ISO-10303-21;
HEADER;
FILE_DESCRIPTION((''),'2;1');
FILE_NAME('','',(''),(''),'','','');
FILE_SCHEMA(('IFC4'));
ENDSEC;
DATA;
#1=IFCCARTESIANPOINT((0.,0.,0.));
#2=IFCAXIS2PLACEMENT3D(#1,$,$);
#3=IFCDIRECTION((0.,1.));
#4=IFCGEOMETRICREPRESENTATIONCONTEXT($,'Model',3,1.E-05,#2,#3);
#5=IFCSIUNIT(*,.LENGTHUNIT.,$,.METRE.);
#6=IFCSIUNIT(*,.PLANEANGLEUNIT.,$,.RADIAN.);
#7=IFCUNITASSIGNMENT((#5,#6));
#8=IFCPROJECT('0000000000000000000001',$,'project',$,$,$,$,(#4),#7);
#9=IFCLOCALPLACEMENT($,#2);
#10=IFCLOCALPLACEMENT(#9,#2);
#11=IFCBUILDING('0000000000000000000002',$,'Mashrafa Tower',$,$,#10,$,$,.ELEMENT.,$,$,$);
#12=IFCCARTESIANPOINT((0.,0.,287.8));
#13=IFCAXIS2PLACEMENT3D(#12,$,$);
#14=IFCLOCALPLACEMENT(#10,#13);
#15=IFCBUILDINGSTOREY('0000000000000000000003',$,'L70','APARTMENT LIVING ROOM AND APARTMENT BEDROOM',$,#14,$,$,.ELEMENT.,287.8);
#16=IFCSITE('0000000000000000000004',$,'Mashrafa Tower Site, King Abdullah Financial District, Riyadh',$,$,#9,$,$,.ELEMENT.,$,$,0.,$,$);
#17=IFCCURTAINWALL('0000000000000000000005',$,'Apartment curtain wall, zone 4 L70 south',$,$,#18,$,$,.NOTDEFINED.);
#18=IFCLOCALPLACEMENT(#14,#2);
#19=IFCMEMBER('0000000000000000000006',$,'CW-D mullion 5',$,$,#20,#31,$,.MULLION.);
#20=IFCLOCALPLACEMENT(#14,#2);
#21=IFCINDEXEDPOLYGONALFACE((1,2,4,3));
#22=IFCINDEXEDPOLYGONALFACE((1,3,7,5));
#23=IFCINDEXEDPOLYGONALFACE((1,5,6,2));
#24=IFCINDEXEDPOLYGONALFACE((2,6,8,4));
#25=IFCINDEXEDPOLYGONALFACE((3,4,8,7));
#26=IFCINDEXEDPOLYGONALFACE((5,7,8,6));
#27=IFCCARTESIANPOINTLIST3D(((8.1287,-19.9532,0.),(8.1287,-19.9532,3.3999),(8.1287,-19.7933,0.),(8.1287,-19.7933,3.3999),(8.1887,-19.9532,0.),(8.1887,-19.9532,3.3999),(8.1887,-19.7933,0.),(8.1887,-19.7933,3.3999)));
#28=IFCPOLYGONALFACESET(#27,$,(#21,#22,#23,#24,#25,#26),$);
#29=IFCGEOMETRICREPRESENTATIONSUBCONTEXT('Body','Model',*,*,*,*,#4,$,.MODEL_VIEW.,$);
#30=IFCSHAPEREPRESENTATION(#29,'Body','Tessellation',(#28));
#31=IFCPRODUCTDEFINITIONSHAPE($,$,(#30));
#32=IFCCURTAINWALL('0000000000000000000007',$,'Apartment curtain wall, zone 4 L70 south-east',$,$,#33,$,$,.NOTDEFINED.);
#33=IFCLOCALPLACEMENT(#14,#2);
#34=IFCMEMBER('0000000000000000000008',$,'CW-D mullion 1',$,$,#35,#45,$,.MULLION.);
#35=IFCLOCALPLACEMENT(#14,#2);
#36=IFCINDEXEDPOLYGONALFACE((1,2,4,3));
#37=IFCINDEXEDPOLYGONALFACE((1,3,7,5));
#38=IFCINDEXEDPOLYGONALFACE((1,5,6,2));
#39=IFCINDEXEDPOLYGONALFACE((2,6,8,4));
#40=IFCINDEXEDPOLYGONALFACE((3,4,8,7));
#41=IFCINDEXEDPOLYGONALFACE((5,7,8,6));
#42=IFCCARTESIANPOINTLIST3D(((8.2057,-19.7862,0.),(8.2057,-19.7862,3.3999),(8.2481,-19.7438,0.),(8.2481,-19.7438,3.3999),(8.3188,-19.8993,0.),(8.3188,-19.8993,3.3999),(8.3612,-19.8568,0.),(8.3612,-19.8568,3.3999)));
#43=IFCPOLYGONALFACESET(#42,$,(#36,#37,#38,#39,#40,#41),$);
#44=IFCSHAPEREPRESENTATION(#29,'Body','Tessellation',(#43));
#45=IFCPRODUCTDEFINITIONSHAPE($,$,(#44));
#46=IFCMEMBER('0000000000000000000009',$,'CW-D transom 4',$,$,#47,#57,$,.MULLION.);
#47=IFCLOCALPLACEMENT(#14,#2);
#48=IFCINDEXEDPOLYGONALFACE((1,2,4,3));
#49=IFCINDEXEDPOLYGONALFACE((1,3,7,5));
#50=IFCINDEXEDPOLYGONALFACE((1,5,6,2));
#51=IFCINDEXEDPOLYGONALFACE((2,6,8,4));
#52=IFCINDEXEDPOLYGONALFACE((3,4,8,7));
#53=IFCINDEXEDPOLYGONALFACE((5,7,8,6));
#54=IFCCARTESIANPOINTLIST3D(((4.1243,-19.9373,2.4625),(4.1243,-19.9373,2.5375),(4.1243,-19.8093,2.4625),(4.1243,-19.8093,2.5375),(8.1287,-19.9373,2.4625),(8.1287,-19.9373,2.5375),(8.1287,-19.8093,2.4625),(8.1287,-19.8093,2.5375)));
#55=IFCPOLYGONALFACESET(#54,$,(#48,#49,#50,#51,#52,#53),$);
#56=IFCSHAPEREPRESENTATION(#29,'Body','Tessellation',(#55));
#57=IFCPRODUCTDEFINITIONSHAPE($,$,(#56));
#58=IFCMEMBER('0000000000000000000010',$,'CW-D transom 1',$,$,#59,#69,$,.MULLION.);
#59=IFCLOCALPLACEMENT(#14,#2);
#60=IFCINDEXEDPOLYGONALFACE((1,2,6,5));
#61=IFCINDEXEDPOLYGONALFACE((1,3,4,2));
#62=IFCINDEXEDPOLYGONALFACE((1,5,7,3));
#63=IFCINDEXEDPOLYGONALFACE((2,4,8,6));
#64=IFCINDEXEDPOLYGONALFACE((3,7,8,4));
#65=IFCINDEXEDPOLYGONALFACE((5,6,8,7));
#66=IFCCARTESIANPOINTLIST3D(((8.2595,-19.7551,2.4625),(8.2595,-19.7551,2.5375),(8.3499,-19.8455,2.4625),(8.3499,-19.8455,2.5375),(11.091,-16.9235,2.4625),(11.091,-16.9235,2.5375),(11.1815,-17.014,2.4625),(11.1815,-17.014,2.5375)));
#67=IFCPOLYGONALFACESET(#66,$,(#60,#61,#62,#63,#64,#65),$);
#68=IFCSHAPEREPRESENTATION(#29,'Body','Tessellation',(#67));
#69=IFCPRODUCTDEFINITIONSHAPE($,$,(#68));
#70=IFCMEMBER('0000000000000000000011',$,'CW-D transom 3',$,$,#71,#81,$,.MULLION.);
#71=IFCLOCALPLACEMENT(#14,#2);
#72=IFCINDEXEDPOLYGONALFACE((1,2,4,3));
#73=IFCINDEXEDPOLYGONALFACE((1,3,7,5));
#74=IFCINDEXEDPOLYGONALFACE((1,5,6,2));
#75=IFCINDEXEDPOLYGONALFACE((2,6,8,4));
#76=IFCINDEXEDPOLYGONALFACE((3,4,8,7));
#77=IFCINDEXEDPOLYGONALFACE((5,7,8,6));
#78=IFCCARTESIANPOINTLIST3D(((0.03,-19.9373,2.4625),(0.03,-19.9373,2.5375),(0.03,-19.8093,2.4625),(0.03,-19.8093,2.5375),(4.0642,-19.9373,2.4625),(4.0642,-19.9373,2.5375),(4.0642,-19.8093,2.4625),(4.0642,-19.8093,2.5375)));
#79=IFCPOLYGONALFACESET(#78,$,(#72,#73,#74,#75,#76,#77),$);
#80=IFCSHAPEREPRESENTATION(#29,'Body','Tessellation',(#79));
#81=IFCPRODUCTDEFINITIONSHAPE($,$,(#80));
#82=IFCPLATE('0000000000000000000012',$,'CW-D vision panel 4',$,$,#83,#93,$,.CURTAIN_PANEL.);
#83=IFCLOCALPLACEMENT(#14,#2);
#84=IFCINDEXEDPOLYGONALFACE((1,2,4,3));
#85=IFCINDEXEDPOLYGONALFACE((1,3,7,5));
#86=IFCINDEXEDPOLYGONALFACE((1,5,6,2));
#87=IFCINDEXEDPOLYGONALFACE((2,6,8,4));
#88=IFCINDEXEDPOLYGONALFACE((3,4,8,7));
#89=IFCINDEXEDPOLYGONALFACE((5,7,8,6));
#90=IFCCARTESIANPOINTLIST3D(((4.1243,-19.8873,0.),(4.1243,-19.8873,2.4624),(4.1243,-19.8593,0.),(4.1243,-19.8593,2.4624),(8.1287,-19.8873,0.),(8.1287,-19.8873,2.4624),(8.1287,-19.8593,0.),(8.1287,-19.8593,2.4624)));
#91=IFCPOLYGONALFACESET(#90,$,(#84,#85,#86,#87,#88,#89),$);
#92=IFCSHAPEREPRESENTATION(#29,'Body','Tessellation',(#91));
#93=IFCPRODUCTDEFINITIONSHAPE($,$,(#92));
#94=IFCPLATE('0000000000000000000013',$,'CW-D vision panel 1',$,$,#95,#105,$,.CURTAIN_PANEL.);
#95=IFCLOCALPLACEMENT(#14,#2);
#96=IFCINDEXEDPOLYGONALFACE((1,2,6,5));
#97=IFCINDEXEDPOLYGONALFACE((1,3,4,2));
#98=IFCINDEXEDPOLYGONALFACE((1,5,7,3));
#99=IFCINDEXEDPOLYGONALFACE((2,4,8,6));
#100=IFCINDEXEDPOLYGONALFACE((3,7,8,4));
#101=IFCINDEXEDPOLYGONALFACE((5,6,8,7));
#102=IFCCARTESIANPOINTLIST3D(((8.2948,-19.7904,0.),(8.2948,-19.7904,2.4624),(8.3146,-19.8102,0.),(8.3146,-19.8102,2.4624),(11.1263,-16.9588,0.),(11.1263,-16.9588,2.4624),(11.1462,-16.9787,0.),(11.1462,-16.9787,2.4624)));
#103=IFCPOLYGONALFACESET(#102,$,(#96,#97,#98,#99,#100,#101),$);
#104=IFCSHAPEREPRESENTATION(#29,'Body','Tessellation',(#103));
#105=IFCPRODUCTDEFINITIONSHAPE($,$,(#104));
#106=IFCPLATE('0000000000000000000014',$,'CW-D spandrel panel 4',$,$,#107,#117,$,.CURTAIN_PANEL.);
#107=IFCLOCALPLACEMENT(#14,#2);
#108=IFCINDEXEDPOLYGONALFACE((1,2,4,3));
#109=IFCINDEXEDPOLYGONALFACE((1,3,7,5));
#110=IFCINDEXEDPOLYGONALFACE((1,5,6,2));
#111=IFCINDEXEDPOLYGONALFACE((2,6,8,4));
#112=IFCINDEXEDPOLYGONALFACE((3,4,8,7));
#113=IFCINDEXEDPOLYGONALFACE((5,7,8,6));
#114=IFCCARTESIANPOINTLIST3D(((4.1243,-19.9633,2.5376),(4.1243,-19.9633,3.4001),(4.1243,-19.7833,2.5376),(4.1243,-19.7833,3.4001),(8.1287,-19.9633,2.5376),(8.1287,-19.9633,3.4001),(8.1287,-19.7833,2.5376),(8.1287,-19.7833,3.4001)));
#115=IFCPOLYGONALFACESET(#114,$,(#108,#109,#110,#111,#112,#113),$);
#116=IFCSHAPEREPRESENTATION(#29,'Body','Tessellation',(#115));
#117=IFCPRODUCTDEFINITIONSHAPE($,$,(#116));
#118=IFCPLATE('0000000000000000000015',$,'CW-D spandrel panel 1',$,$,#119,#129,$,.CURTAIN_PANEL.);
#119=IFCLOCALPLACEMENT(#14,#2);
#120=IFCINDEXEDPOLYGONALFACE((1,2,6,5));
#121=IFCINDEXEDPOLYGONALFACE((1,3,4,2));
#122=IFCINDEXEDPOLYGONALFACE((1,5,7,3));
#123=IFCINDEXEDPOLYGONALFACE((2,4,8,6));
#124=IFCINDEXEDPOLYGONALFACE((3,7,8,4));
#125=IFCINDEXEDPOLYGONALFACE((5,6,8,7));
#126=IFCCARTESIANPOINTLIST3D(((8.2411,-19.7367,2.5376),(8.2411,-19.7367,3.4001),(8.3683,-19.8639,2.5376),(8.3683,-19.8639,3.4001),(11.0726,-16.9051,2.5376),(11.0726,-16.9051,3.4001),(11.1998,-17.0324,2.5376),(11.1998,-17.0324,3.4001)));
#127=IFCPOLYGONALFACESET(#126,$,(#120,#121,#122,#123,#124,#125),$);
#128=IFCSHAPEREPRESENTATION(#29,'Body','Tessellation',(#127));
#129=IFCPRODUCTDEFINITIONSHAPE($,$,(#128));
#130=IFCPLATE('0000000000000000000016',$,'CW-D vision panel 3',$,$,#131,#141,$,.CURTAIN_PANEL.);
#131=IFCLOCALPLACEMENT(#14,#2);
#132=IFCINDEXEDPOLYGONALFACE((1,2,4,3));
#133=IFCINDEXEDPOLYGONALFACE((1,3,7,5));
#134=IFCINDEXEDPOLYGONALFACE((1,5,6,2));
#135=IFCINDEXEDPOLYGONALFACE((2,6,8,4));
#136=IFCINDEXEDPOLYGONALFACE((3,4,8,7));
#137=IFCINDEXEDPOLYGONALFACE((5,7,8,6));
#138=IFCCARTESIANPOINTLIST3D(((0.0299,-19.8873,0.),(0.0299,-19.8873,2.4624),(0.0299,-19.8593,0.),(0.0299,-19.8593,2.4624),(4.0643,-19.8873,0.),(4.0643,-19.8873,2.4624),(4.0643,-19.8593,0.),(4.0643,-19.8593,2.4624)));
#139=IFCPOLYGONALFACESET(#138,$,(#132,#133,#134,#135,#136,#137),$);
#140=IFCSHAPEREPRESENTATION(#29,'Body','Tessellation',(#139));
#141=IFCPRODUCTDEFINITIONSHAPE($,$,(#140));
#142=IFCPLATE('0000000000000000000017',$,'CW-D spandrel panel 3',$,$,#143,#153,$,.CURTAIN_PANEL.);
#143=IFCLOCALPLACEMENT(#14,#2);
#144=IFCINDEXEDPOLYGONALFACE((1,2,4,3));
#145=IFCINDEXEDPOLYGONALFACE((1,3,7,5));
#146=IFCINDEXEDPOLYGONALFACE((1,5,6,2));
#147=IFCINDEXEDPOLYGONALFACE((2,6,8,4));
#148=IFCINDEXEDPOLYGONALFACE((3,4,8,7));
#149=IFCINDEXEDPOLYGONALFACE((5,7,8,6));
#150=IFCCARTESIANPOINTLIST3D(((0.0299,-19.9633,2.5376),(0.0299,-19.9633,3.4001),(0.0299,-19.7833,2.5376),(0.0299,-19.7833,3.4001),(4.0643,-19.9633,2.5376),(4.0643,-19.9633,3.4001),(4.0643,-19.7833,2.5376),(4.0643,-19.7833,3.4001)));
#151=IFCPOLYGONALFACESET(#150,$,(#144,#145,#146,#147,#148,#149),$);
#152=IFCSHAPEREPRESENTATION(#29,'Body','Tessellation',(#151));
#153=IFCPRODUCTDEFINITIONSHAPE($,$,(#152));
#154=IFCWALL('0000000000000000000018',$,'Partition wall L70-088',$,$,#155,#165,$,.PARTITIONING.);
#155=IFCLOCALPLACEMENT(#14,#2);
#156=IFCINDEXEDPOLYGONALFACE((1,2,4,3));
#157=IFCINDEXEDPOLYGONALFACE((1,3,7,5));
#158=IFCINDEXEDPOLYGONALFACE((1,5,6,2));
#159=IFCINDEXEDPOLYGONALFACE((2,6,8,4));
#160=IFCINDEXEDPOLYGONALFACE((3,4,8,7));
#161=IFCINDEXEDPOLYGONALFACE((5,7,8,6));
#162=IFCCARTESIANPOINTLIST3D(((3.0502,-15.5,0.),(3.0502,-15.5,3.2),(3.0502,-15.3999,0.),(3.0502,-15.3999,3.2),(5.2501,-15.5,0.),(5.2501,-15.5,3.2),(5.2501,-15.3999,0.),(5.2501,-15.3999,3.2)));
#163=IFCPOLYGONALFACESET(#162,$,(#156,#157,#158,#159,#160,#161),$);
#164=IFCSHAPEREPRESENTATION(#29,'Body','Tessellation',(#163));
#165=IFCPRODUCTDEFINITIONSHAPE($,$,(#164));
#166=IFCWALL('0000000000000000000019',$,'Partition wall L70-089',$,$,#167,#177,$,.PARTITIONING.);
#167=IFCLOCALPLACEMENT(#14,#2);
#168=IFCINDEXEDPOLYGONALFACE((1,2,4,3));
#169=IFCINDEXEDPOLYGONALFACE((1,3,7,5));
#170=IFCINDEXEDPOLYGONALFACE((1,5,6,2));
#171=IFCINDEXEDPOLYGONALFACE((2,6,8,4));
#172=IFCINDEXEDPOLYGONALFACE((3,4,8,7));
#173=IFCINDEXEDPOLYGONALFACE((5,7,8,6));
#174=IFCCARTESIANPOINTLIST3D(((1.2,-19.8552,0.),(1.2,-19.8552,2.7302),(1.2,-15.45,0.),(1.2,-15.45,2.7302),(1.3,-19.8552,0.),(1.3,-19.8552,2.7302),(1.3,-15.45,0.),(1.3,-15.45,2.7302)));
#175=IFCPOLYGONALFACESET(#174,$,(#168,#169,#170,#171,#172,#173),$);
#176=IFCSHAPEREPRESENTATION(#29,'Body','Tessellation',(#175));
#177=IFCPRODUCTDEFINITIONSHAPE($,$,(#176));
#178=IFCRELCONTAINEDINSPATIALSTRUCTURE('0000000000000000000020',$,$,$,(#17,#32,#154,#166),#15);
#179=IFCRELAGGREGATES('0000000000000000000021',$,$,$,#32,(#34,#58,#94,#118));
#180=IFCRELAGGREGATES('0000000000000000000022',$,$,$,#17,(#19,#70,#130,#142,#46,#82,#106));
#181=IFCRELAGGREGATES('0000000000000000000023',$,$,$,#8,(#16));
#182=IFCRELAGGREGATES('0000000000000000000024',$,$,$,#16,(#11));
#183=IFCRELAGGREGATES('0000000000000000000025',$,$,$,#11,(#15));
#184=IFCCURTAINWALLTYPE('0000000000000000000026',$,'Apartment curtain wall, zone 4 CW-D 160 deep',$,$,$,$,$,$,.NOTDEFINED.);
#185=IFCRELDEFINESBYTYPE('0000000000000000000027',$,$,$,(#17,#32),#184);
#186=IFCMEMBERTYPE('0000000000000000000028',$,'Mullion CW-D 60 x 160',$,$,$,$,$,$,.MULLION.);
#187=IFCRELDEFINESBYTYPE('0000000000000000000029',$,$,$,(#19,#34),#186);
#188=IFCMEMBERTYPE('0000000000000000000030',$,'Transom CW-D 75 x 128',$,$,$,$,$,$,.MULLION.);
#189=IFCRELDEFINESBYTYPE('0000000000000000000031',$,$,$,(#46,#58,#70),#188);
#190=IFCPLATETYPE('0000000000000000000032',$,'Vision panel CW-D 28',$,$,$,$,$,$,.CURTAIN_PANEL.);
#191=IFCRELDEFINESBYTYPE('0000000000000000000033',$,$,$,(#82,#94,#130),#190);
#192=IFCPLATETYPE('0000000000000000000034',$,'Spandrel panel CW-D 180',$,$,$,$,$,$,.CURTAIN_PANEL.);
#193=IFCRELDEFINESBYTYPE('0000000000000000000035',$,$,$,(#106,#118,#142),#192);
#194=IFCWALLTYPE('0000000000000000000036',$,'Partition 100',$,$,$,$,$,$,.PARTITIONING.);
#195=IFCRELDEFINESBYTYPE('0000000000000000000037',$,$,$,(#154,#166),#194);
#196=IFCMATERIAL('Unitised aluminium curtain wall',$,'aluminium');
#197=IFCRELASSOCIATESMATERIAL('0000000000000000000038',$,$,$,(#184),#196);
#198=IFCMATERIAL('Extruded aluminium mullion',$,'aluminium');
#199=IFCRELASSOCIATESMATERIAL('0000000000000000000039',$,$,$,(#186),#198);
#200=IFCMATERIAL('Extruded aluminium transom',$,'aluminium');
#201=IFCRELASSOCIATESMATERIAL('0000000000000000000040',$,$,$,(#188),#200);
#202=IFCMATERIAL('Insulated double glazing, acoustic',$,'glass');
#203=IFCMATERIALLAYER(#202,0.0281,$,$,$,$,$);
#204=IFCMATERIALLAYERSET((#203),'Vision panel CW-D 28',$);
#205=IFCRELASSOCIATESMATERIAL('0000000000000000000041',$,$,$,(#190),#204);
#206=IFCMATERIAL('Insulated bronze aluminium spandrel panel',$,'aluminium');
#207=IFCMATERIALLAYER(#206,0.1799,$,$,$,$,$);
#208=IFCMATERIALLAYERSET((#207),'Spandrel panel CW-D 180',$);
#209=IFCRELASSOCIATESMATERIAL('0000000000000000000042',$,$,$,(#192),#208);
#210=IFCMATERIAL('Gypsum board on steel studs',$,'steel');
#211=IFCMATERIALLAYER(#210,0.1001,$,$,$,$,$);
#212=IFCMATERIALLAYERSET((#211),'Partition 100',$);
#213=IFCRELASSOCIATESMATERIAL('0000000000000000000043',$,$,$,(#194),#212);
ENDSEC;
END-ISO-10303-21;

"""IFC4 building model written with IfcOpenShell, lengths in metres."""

from ifc_helpers import new_model, si_unit, direction, frame, frame_2d, origin, origin_2d, place, context, subcontext, project, spatial, rectangle, extrude, source, transform, mapped, material, layer, layer_set, material_profile, profile_set, type_object, type_shapes, element, aggregate, save


model = new_model("IFC4")

# Units and contexts
model_context = context("Model", 3, precision=1e-05, world=origin(), true_north=direction((0.0, 1.0)))
body_context = subcontext(model_context, "Body", "Model", "MODEL_VIEW")
ifc_project = project(units=[si_unit("LENGTHUNIT", "METRE"), si_unit("PLANEANGLEUNIT", "RADIAN")], contexts=[model_context])

# Site, building, storey
site_placement = place(None, origin())
site = spatial("IfcSite", under=ifc_project, at=site_placement, Name="Mashrafa Tower Site, King Abdullah Financial District, Riyadh", CompositionType="ELEMENT", RefElevation=0.0)
building_placement = place(site_placement, origin())
building = spatial("IfcBuilding", under=site, at=building_placement, Name="Mashrafa Tower", CompositionType="ELEMENT")
storey_placement = place(building_placement, frame((0.0, 0.0, 287.8)))
storey = spatial("IfcBuildingStorey", under=building, at=storey_placement, Name="L70", Description="APARTMENT LIVING ROOM AND APARTMENT BEDROOM", CompositionType="ELEMENT", Elevation=287.8)

# Curtain wall, member
ifc_material_1 = material(Name="Unitised aluminium curtain wall", Category="aluminium")
curtain_wall_type = type_object("IfcCurtainWallType", Name="Apartment curtain wall, zone 4 CW-D 160 deep", PredefinedType="NOTDEFINED", material=ifc_material_1)
curtain_wall_1_placement = place(storey_placement, origin())
curtain_wall_1 = element("IfcCurtainWall", 1, at=curtain_wall_1_placement, inside=storey, type_object=curtain_wall_type, Name="Apartment curtain wall, zone 4 L70 south", PredefinedType="NOTDEFINED")
ifc_material_2 = material(Name="Extruded aluminium mullion", Category="aluminium")
ifc_material_profile_1 = material_profile(ifc_material_2, rectangle(XDim=0.1599, YDim=0.0601, at=origin_2d()), Name="Mullion 60x160")
ifc_profile_set_1 = profile_set([ifc_material_profile_1], Name="Extruded aluminium mullion")
member_type_1 = type_object("IfcMemberType", Name="Mullion CW-D 60 x 160", PredefinedType="MULLION", material=ifc_profile_set_1)
shared_shape_1 = source(origin(), body_context, "Body", "SweptSolid", [
    extrude(rectangle(XDim=0.1599, YDim=0.0601, at=origin_2d()), origin(), (0.0, 0.0, 1.0), 3.3999),
])
type_shapes(member_type_1, [shared_shape_1])
member_1_placement = place(storey_placement, frame((8.1587, -19.8733, 0.0), z_axis=(0.0, 0.0, 1.0), x_axis=(0.0, 1.0, 0.0)))
member_1 = element("IfcMember", 2, at=member_1_placement, type_object=member_type_1, Name="CW-D mullion 5", PredefinedType="MULLION", context=body_context, shape_type="MappedRepresentation", body=[
    mapped(shared_shape_1, transform((0.0, 0.0, 0.0))),
])

# Curtain wall, member
curtain_wall_2_placement = place(storey_placement, origin())
curtain_wall_2 = element("IfcCurtainWall", 3, at=curtain_wall_2_placement, inside=storey, type_object=curtain_wall_type, Name="Apartment curtain wall, zone 4 L70 south-east", PredefinedType="NOTDEFINED")
member_2_placement = place(storey_placement, frame((8.2834, -19.8215, 0.0), z_axis=(0.0, 0.0, 1.0), x_axis=(-0.707107, 0.707107, 0.0)))
member_2 = element("IfcMember", 4, at=member_2_placement, type_object=member_type_1, Name="CW-D mullion 1", PredefinedType="MULLION", context=body_context, shape_type="MappedRepresentation", body=[
    mapped(shared_shape_1, transform((0.0, 0.0, 0.0))),
])

# Members
ifc_material_3 = material(Name="Extruded aluminium transom", Category="aluminium")
ifc_material_profile_2 = material_profile(ifc_material_3, rectangle(XDim=0.1279, YDim=0.075, at=origin_2d()), Name="Transom 75x128")
ifc_profile_set_2 = profile_set([ifc_material_profile_2], Name="Extruded aluminium transom")
member_type_2 = type_object("IfcMemberType", Name="Transom CW-D 75 x 128", PredefinedType="MULLION", material=ifc_profile_set_2)
shared_shape_2 = source(origin(), body_context, "Body", "SweptSolid", [
    extrude(rectangle(XDim=0.1279, YDim=0.075, at=origin_2d()), origin(), (0.0, 0.0, 1.0), 4.0044),
])
member_3_placement = place(storey_placement, frame((4.1243, -19.8733, 2.5), z_axis=(1.0, 0.0, 0.0), x_axis=(0.0, 1.0, 0.0)))
member_3 = element("IfcMember", 5, at=member_3_placement, type_object=member_type_2, Name="CW-D transom 4", PredefinedType="MULLION", context=body_context, shape_type="MappedRepresentation", body=[
    mapped(shared_shape_2, transform((0.0, 0.0, 0.0))),
])
member_4_placement = place(storey_placement, frame((8.3047, -19.8003, 2.5), z_axis=(0.707107, 0.707107, 0.0), x_axis=(-0.707107, 0.707107, 0.0)))
member_4 = element("IfcMember", 6, at=member_4_placement, type_object=member_type_2, Name="CW-D transom 1", PredefinedType="MULLION", context=body_context, shape_type="MappedRepresentation", body=[
    mapped(shared_shape_2, transform((0.0, 0.0, 0.0))),
])
shared_shape_3 = source(origin(), body_context, "Body", "SweptSolid", [
    extrude(rectangle(XDim=0.1279, YDim=0.075, at=origin_2d()), origin(), (0.0, 0.0, 1.0), 4.0342),
])
type_shapes(member_type_2, [shared_shape_2, shared_shape_3])
member_5_placement = place(storey_placement, frame((0.03, -19.8733, 2.5), z_axis=(1.0, 0.0, 0.0), x_axis=(0.0, 1.0, 0.0)))
member_5 = element("IfcMember", 7, at=member_5_placement, type_object=member_type_2, Name="CW-D transom 3", PredefinedType="MULLION", context=body_context, shape_type="MappedRepresentation", body=[
    mapped(shared_shape_3, transform((0.0, 0.0, 0.0))),
])

# Plates
ifc_material_4 = material(Name="Insulated double glazing, acoustic", Category="glass")
ifc_layer_1 = layer(ifc_material_4, 0.0281)
ifc_layer_set_1 = layer_set([ifc_layer_1], Name="Vision panel CW-D 28")
plate_type_1 = type_object("IfcPlateType", Name="Vision panel CW-D 28", PredefinedType="CURTAIN_PANEL", material=ifc_layer_set_1)
shared_shape_4 = source(origin(), body_context, "Body", "SweptSolid", [
    extrude(rectangle(XDim=4.0044, YDim=0.0281, at=origin_2d()), origin(), (0.0, 0.0, 1.0), 2.4624),
])
plate_1_placement = place(storey_placement, frame((6.1265, -19.8733, 0.0), z_axis=(0.0, 0.0, 1.0), x_axis=(1.0, 0.0, 0.0)))
plate_1 = element("IfcPlate", 8, at=plate_1_placement, type_object=plate_type_1, Name="CW-D vision panel 4", PredefinedType="CURTAIN_PANEL", context=body_context, shape_type="MappedRepresentation", body=[
    mapped(shared_shape_4, transform((0.0, 0.0, 0.0))),
])
plate_2_placement = place(storey_placement, frame((9.7205, -18.3845, 0.0), z_axis=(0.0, 0.0, 1.0), x_axis=(0.707107, 0.707107, 0.0)))
plate_2 = element("IfcPlate", 9, at=plate_2_placement, type_object=plate_type_1, Name="CW-D vision panel 1", PredefinedType="CURTAIN_PANEL", context=body_context, shape_type="MappedRepresentation", body=[
    mapped(shared_shape_4, transform((0.0, 0.0, 0.0))),
])
ifc_material_5 = material(Name="Insulated bronze aluminium spandrel panel", Category="aluminium")
ifc_layer_2 = layer(ifc_material_5, 0.1799)
ifc_layer_set_2 = layer_set([ifc_layer_2], Name="Spandrel panel CW-D 180")
plate_type_2 = type_object("IfcPlateType", Name="Spandrel panel CW-D 180", PredefinedType="CURTAIN_PANEL", material=ifc_layer_set_2)
shared_shape_5 = source(origin(), body_context, "Body", "SweptSolid", [
    extrude(rectangle(XDim=4.0044, YDim=0.1799, at=origin_2d()), origin(), (0.0, 0.0, 1.0), 0.8625),
])
plate_3_placement = place(storey_placement, frame((6.1265, -19.8733, 2.5376), z_axis=(0.0, 0.0, 1.0), x_axis=(1.0, 0.0, 0.0)))
plate_3 = element("IfcPlate", 10, at=plate_3_placement, type_object=plate_type_2, Name="CW-D spandrel panel 4", PredefinedType="CURTAIN_PANEL", context=body_context, shape_type="MappedRepresentation", body=[
    mapped(shared_shape_5, transform((0.0, 0.0, 0.0))),
])
plate_4_placement = place(storey_placement, frame((9.7205, -18.3845, 2.5376), z_axis=(0.0, 0.0, 1.0), x_axis=(0.707107, 0.707107, 0.0)))
plate_4 = element("IfcPlate", 11, at=plate_4_placement, type_object=plate_type_2, Name="CW-D spandrel panel 1", PredefinedType="CURTAIN_PANEL", context=body_context, shape_type="MappedRepresentation", body=[
    mapped(shared_shape_5, transform((0.0, 0.0, 0.0))),
])
aggregate(curtain_wall_2, [member_2, member_4, plate_2, plate_4])
shared_shape_6 = source(origin(), body_context, "Body", "SweptSolid", [
    extrude(rectangle(XDim=4.0344, YDim=0.0281, at=origin_2d()), origin(), (0.0, 0.0, 1.0), 2.4624),
])
type_shapes(plate_type_1, [shared_shape_4, shared_shape_6])
plate_5_placement = place(storey_placement, frame((2.0471, -19.8733, 0.0), z_axis=(0.0, 0.0, 1.0), x_axis=(1.0, 0.0, 0.0)))
plate_5 = element("IfcPlate", 12, at=plate_5_placement, type_object=plate_type_1, Name="CW-D vision panel 3", PredefinedType="CURTAIN_PANEL", context=body_context, shape_type="MappedRepresentation", body=[
    mapped(shared_shape_6, transform((0.0, 0.0, 0.0))),
])
shared_shape_7 = source(origin(), body_context, "Body", "SweptSolid", [
    extrude(rectangle(XDim=4.0344, YDim=0.1799, at=origin_2d()), origin(), (0.0, 0.0, 1.0), 0.8625),
])
type_shapes(plate_type_2, [shared_shape_5, shared_shape_7])
plate_6_placement = place(storey_placement, frame((2.0471, -19.8733, 2.5376), z_axis=(0.0, 0.0, 1.0), x_axis=(1.0, 0.0, 0.0)))
plate_6 = element("IfcPlate", 13, at=plate_6_placement, type_object=plate_type_2, Name="CW-D spandrel panel 3", PredefinedType="CURTAIN_PANEL", context=body_context, shape_type="MappedRepresentation", body=[
    mapped(shared_shape_7, transform((0.0, 0.0, 0.0))),
])
aggregate(curtain_wall_1, [member_1, member_5, plate_5, plate_6, member_3, plate_1, plate_3])

# Walls
ifc_material_6 = material(Name="Gypsum board on steel studs", Category="steel")
ifc_layer_3 = layer(ifc_material_6, 0.1001)
ifc_layer_set_3 = layer_set([ifc_layer_3], Name="Partition 100")
wall_type = type_object("IfcWallType", Name="Partition 100", PredefinedType="PARTITIONING", material=ifc_layer_set_3)
wall_1_placement = place(storey_placement, frame((3.05, -15.45, 0.0), z_axis=(0.0, 0.0, 1.0), x_axis=(1.0, 0.0, 0.0)))
element("IfcWall", 14, at=wall_1_placement, inside=storey, type_object=wall_type, Name="Partition wall L70-088", PredefinedType="PARTITIONING", context=body_context, shape_type="SweptSolid", body=[
    extrude(rectangle(XDim=2.2, YDim=0.1001, at=frame_2d((1.1001, 0.0))), origin(), (0.0, 0.0, 1.0), 3.2),
])
wall_2_placement = place(storey_placement, frame((1.25, -19.8552, 0.0), z_axis=(0.0, 0.0, 1.0), x_axis=(0.0, 1.0, 0.0)))
element("IfcWall", 15, at=wall_2_placement, inside=storey, type_object=wall_type, Name="Partition wall L70-089", PredefinedType="PARTITIONING", context=body_context, shape_type="SweptSolid", body=[
    extrude(rectangle(XDim=4.4053, YDim=0.1001, at=frame_2d((2.2026, 0.0))), origin(), (0.0, 0.0, 1.0), 2.7302),
])

save(model, "model.ifc")
